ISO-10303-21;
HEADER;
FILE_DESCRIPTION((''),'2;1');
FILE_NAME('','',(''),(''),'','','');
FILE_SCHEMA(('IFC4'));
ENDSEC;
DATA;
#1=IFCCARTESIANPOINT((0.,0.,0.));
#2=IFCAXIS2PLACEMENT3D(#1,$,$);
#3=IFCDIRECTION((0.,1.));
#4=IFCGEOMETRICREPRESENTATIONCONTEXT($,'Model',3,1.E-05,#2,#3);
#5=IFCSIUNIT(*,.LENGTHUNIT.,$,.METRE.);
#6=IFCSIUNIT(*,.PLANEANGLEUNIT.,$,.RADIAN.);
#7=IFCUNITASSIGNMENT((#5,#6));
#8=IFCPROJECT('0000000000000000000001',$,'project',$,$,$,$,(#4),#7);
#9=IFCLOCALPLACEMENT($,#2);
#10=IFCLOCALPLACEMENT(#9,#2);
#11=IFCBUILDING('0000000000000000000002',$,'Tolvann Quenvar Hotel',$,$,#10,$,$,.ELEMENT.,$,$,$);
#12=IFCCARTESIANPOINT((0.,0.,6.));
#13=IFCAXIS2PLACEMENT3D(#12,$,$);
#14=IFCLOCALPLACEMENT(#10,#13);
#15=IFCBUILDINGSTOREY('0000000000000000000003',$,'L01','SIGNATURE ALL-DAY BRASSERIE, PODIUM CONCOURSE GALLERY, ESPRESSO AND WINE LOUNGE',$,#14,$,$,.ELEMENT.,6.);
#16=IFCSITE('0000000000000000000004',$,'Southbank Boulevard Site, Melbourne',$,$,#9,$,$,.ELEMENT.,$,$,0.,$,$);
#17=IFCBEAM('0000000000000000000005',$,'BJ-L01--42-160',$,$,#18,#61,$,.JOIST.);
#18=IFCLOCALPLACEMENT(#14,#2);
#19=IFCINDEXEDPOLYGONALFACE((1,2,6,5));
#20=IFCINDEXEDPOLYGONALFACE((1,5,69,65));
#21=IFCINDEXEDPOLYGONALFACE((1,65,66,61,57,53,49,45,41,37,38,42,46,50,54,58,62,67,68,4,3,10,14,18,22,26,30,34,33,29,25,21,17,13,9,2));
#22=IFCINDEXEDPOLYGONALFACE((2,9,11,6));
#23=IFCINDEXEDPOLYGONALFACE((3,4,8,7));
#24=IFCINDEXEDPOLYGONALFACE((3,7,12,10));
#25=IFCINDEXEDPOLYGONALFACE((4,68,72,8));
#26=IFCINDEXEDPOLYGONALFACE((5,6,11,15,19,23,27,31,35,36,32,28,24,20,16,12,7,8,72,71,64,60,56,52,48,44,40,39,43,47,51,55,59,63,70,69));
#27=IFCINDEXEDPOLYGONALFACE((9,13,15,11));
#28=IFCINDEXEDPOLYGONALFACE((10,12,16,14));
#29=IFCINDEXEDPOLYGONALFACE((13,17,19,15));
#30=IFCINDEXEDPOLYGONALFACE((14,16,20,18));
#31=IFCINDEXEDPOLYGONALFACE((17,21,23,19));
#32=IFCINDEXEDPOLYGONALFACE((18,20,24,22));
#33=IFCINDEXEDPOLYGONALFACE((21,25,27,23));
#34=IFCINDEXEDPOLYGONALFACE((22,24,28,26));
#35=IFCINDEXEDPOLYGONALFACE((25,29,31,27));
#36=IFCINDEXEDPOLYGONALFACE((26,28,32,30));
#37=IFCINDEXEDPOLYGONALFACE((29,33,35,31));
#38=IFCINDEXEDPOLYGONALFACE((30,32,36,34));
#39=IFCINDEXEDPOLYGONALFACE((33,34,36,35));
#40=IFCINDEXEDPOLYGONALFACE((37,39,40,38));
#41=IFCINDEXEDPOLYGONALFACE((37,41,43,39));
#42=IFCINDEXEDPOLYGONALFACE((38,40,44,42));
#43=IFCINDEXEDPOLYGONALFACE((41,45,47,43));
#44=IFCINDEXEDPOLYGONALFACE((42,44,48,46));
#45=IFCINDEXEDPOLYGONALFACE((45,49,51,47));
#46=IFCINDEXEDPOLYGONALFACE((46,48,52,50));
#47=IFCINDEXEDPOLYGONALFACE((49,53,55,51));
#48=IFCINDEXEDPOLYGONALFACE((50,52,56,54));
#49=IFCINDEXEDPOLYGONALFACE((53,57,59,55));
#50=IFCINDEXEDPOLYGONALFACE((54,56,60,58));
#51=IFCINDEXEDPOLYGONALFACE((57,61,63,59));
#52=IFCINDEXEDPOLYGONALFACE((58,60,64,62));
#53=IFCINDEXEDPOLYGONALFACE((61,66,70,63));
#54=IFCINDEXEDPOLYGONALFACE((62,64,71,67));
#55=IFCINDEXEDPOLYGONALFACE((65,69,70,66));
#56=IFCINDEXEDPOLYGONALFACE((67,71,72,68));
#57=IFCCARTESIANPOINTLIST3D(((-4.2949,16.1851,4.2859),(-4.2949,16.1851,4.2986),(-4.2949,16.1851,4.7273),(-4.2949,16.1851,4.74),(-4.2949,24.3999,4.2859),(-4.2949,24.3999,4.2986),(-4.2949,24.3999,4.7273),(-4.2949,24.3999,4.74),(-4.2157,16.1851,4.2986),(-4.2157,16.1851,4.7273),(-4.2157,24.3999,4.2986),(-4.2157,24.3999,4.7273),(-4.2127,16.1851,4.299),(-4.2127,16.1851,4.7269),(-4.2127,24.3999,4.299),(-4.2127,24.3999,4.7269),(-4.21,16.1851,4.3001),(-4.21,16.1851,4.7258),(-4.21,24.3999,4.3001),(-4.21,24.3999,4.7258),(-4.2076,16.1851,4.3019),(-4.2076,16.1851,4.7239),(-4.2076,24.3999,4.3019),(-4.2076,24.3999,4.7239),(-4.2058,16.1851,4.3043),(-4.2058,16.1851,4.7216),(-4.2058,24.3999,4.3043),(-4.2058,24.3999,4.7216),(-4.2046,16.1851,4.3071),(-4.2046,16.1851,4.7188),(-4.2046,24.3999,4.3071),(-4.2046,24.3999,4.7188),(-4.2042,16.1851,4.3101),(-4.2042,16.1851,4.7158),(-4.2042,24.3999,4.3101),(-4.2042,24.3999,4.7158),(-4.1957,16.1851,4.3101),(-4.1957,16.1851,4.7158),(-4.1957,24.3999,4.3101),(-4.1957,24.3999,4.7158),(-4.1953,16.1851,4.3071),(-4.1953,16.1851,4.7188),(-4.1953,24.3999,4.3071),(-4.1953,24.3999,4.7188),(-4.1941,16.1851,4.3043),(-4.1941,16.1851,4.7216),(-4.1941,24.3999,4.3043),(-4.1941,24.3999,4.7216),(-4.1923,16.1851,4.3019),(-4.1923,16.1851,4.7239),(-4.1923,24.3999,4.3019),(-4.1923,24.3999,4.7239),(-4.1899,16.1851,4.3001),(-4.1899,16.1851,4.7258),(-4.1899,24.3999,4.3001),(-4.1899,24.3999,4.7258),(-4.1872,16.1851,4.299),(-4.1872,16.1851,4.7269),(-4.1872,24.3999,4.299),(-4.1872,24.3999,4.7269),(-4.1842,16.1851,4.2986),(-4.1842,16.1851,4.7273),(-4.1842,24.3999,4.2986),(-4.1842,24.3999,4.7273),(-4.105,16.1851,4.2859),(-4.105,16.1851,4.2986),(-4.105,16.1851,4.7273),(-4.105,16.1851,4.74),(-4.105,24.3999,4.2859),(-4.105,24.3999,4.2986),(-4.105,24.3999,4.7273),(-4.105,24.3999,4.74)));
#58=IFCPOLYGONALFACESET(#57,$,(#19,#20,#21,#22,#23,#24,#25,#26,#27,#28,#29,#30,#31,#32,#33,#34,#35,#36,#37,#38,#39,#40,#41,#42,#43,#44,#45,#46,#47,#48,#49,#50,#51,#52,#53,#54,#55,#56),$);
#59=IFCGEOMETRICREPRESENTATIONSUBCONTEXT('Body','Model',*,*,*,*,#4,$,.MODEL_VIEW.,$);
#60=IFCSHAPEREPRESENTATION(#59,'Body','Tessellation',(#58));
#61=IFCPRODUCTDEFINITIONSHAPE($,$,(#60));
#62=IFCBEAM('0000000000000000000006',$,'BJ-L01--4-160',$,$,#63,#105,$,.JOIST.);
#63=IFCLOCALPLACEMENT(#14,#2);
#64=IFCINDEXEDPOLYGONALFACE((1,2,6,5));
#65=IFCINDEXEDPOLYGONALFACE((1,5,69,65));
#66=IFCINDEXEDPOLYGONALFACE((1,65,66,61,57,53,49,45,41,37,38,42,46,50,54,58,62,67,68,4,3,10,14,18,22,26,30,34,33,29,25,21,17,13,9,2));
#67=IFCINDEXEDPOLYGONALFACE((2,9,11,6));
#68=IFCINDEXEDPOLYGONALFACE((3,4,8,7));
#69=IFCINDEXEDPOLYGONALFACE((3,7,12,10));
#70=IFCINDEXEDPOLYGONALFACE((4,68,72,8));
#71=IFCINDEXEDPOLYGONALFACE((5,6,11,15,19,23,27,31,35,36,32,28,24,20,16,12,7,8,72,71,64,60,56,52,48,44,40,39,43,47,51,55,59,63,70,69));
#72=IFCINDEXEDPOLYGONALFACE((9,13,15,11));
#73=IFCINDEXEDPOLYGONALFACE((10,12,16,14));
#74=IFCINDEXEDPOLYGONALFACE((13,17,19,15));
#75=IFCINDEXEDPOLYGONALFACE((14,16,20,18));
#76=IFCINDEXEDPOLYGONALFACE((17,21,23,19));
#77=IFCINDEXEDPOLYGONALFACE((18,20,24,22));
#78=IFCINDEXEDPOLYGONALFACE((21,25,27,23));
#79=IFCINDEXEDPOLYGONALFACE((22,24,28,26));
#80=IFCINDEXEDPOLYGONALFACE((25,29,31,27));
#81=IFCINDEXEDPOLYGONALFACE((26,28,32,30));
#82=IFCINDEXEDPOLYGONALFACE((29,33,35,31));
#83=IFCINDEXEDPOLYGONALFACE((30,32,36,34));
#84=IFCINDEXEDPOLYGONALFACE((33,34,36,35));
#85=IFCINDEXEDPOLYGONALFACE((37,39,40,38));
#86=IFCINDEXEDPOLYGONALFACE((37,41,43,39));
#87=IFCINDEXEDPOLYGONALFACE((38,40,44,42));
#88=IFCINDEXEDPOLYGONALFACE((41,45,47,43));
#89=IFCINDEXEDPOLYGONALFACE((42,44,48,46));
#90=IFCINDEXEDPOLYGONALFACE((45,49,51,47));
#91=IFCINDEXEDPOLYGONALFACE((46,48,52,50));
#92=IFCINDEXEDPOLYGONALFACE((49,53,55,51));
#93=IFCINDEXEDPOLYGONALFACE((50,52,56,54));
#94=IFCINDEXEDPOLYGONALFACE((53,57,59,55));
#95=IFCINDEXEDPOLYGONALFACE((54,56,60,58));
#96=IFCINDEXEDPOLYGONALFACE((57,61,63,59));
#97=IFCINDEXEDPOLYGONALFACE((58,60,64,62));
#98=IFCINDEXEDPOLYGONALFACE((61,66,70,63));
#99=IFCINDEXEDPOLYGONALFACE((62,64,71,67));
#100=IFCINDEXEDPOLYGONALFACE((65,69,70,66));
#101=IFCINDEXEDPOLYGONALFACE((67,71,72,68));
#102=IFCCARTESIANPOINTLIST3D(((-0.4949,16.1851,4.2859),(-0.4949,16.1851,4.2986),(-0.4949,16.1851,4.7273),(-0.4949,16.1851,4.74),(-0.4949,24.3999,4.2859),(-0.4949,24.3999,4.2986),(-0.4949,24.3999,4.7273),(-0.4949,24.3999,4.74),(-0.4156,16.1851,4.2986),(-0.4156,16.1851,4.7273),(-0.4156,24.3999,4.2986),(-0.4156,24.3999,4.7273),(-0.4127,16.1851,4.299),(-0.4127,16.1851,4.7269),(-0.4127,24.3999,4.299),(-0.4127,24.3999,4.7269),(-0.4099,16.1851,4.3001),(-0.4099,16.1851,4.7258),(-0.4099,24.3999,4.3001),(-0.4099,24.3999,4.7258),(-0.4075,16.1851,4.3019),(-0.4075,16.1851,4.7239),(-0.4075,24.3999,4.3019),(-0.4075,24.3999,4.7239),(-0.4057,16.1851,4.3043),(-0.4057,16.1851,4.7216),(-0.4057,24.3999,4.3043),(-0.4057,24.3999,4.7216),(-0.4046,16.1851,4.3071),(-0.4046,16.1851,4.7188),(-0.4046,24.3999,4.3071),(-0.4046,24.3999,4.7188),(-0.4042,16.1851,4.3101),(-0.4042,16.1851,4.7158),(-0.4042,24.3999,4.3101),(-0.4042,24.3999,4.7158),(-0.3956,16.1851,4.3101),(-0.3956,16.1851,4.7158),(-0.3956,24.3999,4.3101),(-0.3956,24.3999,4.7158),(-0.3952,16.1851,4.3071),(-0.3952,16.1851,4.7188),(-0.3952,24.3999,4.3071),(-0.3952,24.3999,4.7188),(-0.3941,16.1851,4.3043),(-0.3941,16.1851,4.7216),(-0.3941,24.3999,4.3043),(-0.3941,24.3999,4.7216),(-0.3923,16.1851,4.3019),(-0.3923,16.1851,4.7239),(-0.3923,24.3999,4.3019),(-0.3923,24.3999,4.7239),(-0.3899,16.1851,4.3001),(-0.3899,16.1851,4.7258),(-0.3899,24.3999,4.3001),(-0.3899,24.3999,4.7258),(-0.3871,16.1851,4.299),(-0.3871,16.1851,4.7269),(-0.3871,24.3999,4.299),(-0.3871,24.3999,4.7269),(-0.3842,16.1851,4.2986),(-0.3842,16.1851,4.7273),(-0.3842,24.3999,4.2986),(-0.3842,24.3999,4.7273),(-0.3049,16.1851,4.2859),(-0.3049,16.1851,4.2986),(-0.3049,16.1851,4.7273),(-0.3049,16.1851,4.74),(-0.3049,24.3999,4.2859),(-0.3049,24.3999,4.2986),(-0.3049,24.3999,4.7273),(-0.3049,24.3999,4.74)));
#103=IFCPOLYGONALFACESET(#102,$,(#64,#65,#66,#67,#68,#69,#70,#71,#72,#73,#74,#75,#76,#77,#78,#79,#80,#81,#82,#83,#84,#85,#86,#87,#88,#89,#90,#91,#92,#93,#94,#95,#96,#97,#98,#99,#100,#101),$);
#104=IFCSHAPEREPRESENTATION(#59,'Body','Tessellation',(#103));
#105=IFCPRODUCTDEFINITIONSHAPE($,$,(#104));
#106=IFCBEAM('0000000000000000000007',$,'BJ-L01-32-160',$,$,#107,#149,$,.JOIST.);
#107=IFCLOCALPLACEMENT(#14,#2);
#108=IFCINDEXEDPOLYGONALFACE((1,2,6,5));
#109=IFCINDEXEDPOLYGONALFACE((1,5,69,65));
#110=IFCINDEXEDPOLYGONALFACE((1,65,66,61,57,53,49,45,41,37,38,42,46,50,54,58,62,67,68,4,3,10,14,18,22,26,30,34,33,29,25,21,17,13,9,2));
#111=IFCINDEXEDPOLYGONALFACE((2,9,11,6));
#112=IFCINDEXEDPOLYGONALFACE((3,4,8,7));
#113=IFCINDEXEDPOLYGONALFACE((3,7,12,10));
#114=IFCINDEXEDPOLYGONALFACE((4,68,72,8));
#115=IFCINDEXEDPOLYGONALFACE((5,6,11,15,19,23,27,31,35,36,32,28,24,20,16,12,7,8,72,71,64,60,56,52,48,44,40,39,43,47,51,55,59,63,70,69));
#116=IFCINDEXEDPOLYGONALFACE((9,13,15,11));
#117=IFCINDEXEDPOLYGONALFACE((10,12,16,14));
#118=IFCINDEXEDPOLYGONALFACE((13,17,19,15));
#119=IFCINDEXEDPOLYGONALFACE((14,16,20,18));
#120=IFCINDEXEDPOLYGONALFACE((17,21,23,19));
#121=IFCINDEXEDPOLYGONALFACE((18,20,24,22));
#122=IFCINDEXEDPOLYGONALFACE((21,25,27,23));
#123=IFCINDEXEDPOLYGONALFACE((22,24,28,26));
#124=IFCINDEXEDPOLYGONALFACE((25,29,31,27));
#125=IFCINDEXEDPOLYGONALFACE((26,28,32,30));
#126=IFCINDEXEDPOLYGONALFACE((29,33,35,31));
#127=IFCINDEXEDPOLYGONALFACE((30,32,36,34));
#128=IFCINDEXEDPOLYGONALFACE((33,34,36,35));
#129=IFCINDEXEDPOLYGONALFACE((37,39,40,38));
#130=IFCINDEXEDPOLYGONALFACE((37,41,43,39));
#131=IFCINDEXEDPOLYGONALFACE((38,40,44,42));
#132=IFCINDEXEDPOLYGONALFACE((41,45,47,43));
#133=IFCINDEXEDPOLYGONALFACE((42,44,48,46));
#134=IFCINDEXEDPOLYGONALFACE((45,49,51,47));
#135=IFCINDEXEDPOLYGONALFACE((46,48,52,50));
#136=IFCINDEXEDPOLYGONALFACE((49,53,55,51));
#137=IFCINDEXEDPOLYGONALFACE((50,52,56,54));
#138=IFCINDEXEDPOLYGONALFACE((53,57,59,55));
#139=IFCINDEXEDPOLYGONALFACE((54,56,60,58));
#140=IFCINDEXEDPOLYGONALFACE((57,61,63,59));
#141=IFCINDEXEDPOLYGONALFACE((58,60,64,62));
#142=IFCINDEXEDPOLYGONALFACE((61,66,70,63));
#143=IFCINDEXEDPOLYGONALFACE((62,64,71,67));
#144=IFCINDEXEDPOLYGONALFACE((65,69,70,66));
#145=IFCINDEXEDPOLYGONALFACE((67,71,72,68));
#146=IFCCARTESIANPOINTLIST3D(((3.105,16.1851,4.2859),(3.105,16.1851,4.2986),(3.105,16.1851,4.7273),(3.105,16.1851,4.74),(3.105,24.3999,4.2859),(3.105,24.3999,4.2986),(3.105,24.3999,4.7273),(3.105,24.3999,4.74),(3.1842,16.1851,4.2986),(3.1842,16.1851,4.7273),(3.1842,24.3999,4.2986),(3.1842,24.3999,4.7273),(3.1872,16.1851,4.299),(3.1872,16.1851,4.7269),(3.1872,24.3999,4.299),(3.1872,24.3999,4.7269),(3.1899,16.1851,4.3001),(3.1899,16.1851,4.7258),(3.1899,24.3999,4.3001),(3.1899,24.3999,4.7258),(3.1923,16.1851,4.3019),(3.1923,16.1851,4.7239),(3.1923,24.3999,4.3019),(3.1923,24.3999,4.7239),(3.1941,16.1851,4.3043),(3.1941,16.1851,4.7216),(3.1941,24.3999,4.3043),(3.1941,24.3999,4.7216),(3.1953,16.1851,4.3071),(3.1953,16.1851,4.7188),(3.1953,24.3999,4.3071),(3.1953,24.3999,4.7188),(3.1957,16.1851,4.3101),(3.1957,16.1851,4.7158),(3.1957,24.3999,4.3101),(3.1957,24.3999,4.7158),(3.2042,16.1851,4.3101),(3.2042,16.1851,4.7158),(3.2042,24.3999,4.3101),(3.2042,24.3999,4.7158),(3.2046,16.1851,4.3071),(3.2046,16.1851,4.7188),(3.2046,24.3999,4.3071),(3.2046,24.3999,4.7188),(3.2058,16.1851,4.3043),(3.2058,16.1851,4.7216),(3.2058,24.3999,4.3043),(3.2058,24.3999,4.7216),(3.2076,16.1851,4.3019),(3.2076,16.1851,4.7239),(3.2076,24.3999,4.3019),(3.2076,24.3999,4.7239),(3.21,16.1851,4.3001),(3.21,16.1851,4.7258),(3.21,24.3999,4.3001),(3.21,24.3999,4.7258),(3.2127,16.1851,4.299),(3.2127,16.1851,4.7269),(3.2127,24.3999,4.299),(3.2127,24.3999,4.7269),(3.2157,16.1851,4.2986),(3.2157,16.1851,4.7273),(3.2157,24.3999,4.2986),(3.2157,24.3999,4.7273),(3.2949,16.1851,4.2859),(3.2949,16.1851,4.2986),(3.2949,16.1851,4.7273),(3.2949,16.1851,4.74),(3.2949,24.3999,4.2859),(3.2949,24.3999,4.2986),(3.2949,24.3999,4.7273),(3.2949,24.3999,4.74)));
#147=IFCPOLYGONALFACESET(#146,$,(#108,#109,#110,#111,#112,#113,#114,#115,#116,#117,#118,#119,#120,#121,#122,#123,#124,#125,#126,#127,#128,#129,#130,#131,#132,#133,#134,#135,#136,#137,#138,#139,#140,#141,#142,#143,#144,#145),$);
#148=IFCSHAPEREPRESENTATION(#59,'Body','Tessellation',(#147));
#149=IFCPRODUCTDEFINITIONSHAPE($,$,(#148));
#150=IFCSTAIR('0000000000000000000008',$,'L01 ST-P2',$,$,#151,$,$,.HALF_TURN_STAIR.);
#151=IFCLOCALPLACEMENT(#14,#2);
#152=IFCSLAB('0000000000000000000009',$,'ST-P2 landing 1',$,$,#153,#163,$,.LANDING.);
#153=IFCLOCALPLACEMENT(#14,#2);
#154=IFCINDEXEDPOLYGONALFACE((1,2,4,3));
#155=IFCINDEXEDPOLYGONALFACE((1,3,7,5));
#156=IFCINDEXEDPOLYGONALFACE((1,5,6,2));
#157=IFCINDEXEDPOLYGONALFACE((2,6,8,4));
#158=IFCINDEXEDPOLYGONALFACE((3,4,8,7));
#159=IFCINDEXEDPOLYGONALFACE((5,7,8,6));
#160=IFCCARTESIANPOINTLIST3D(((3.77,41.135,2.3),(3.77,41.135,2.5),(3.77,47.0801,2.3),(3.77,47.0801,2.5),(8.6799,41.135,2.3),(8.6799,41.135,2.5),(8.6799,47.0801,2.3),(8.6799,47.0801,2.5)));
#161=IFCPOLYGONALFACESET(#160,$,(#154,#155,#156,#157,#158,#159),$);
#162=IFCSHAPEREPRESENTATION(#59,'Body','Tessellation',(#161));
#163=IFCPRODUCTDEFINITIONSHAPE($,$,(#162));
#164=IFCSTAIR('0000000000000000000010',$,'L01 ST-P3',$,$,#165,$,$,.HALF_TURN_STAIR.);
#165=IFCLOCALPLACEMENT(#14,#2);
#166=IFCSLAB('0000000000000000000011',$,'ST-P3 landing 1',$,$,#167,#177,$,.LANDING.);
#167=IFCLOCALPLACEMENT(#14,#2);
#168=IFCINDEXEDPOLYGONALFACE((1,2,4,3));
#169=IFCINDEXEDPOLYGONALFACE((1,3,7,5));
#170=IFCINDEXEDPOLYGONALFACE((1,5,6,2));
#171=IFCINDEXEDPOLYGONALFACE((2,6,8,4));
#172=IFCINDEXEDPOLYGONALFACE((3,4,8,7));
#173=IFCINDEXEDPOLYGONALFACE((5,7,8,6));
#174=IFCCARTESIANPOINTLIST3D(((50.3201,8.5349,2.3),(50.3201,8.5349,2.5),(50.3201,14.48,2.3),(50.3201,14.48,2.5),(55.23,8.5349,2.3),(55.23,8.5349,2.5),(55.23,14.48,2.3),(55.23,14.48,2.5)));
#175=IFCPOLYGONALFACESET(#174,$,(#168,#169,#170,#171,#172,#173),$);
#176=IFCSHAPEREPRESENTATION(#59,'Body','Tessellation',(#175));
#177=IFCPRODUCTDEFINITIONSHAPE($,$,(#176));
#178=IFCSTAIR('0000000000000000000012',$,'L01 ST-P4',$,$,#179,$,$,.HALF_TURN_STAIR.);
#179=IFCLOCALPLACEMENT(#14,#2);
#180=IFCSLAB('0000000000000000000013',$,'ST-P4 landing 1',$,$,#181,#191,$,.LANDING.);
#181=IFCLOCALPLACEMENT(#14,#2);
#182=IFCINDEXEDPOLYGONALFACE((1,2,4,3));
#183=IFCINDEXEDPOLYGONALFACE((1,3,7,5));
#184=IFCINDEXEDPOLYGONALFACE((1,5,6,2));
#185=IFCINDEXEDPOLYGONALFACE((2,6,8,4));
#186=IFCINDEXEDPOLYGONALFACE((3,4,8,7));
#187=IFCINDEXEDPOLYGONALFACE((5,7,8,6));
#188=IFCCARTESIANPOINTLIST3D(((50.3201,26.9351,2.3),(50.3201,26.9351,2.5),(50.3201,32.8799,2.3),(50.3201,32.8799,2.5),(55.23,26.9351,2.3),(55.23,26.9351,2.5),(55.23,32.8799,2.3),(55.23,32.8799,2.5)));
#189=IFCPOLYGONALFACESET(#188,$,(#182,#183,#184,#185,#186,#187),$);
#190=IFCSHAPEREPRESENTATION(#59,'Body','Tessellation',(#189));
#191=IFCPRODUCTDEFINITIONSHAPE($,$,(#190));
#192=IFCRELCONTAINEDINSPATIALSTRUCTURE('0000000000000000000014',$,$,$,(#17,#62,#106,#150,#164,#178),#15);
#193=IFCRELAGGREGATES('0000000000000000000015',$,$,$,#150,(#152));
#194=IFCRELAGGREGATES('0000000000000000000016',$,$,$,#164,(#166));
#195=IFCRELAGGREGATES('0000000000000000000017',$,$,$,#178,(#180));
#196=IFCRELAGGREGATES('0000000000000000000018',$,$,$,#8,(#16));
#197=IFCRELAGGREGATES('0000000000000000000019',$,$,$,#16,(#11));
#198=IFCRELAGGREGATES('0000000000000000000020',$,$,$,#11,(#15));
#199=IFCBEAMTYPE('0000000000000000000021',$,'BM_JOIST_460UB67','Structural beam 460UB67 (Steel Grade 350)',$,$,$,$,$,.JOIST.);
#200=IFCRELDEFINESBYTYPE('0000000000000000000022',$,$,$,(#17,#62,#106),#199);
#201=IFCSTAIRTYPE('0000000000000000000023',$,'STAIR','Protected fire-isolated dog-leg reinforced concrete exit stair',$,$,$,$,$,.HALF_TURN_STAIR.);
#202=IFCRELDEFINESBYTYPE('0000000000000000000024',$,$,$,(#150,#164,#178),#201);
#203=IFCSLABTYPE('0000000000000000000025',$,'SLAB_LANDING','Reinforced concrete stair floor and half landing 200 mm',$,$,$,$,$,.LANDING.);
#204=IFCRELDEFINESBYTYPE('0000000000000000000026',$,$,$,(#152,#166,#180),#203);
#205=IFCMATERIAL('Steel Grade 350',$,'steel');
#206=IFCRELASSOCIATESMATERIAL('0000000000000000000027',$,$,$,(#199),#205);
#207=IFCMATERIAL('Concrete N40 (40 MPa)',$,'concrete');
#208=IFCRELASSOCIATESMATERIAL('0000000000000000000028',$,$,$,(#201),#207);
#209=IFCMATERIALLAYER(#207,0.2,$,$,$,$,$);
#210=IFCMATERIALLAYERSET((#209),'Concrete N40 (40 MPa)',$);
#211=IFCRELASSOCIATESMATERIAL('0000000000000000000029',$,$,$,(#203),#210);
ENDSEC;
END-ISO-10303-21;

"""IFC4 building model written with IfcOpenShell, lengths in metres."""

from ifc_helpers import new_model, si_unit, direction, frame, origin, origin_2d, place, context, subcontext, project, spatial, polyline, i_section, outline, extrude, source, transform, mapped, material, layer, layer_set, material_profile, profile_set, type_object, element, aggregate, save


model = new_model("IFC4")

# Units and contexts
model_context = context("Model", 3, precision=1e-05, world=origin(), true_north=direction((0.0, 1.0)))
body_context = subcontext(model_context, "Body", "Model", "MODEL_VIEW")
ifc_project = project(units=[si_unit("LENGTHUNIT", "METRE"), si_unit("PLANEANGLEUNIT", "RADIAN")], contexts=[model_context])

# Site, building, storey
site_placement = place(None, origin())
site = spatial("IfcSite", under=ifc_project, at=site_placement, Name="Southbank Boulevard Site, Melbourne", CompositionType="ELEMENT", RefElevation=0.0)
building_placement = place(site_placement, origin())
building = spatial("IfcBuilding", under=site, at=building_placement, Name="Tolvann Quenvar Hotel", CompositionType="ELEMENT")
storey_placement = place(building_placement, frame((0.0, 0.0, 6.0)))
storey = spatial("IfcBuildingStorey", under=building, at=storey_placement, Name="L01", Description="SIGNATURE ALL-DAY BRASSERIE, PODIUM CONCOURSE GALLERY, ESPRESSO AND WINE LOUNGE", CompositionType="ELEMENT", Elevation=6.0)

# Beams
ifc_material_1 = material(Name="Steel Grade 350", Category="steel")
ifc_material_profile_1 = material_profile(ifc_material_1, i_section(OverallWidth=0.1899, OverallDepth=0.4541, WebThickness=0.0085, FlangeThickness=0.0127, FilletRadius=0.0115, at=origin_2d()), Name="460UB67")
ifc_profile_set_1 = profile_set([ifc_material_profile_1], Name="Steel Grade 350")
beam_type_1 = type_object("IfcBeamType", Name="BM_JOIST_460UB67", Description="Structural beam 460UB67 (Steel Grade 350)", PredefinedType="JOIST", material=ifc_profile_set_1)
shared_shape_1 = source(origin(), body_context, "Body", "SweptSolid", [
    extrude(i_section(OverallWidth=0.1899, OverallDepth=0.4541, WebThickness=0.0085, FlangeThickness=0.0127, FilletRadius=0.0115, at=origin_2d()), origin(), (0.0, 0.0, 1.0), 8.2148),
])
for number, where, z_axis, x_axis, name in (
    (1, (-4.2, 16.1851, 4.5129), (0.0, 1.0, 0.0), (-1.0, 0.0, 0.0), "BJ-L01--42-160"),
    (2, (-0.3999, 16.1851, 4.5129), (0.0, 1.0, 0.0), (-1.0, 0.0, 0.0), "BJ-L01--4-160"),
    (3, (3.2, 16.1851, 4.5129), (0.0, 1.0, 0.0), (-1.0, 0.0, 0.0), "BJ-L01-32-160"),
):
    element("IfcBeam", number, at=place(storey_placement, frame(where, z_axis=z_axis, x_axis=x_axis)), inside=storey, type_object=beam_type_1, Name=name, PredefinedType="JOIST", context=body_context, shape_type="MappedRepresentation", body=[
        mapped(shared_shape_1, transform((0.0, 0.0, 0.0), x_axis=(1.0, 0.0, 0.0), y_axis=(0.0, 1.0, 0.0), z_axis=(0.0, 0.0, 1.0), scale=1.0)),
    ])

# Stairs, slabs
ifc_material_2 = material(Name="Concrete N40 (40 MPa)", Category="concrete")
stair_type = type_object("IfcStairType", Name="STAIR", Description="Protected fire-isolated dog-leg reinforced concrete exit stair", PredefinedType="HALF_TURN_STAIR", material=ifc_material_2)
stair_1_placement = place(storey_placement, origin())
stair_1 = element("IfcStair", 4, at=stair_1_placement, inside=storey, type_object=stair_type, Name="L01 ST-P2", PredefinedType="HALF_TURN_STAIR")
ifc_layer = layer(ifc_material_2, 0.2)
ifc_layer_set = layer_set([ifc_layer], Name="Concrete N40 (40 MPa)")
slab_type = type_object("IfcSlabType", Name="SLAB_LANDING", Description="Reinforced concrete stair floor and half landing 200 mm", PredefinedType="LANDING", material=ifc_layer_set)
slab_1_placement = place(storey_placement, frame((0.0, 0.0, 2.3)))
slab_1 = element("IfcSlab", 5, at=slab_1_placement, type_object=slab_type, Name="ST-P2 landing 1", PredefinedType="LANDING", context=body_context, shape_type="SweptSolid", body=[
    extrude(outline(polyline([(8.6799, 41.135), (8.6799, 47.0801), (3.77, 47.0801), (3.77, 41.135), (8.6799, 41.135)])), origin(), (0.0, 0.0, 1.0), 0.2),
])
aggregate(stair_1, [slab_1])
stair_2_placement = place(storey_placement, origin())
stair_2 = element("IfcStair", 6, at=stair_2_placement, inside=storey, type_object=stair_type, Name="L01 ST-P3", PredefinedType="HALF_TURN_STAIR")
slab_2_placement = place(storey_placement, frame((0.0, 0.0, 2.3)))
slab_2 = element("IfcSlab", 7, at=slab_2_placement, type_object=slab_type, Name="ST-P3 landing 1", PredefinedType="LANDING", context=body_context, shape_type="SweptSolid", body=[
    extrude(outline(polyline([(55.23, 8.5349), (55.23, 14.48), (50.3201, 14.48), (50.3201, 8.5349), (55.23, 8.5349)])), origin(), (0.0, 0.0, 1.0), 0.2),
])
aggregate(stair_2, [slab_2])
stair_3_placement = place(storey_placement, origin())
stair_3 = element("IfcStair", 8, at=stair_3_placement, inside=storey, type_object=stair_type, Name="L01 ST-P4", PredefinedType="HALF_TURN_STAIR")
slab_3_placement = place(storey_placement, frame((0.0, 0.0, 2.3)))
slab_3 = element("IfcSlab", 9, at=slab_3_placement, type_object=slab_type, Name="ST-P4 landing 1", PredefinedType="LANDING", context=body_context, shape_type="SweptSolid", body=[
    extrude(outline(polyline([(55.23, 26.9351), (55.23, 32.8799), (50.3201, 32.8799), (50.3201, 26.9351), (55.23, 26.9351)])), origin(), (0.0, 0.0, 1.0), 0.2),
])
aggregate(stair_3, [slab_3])

save(model, "model.ifc")
